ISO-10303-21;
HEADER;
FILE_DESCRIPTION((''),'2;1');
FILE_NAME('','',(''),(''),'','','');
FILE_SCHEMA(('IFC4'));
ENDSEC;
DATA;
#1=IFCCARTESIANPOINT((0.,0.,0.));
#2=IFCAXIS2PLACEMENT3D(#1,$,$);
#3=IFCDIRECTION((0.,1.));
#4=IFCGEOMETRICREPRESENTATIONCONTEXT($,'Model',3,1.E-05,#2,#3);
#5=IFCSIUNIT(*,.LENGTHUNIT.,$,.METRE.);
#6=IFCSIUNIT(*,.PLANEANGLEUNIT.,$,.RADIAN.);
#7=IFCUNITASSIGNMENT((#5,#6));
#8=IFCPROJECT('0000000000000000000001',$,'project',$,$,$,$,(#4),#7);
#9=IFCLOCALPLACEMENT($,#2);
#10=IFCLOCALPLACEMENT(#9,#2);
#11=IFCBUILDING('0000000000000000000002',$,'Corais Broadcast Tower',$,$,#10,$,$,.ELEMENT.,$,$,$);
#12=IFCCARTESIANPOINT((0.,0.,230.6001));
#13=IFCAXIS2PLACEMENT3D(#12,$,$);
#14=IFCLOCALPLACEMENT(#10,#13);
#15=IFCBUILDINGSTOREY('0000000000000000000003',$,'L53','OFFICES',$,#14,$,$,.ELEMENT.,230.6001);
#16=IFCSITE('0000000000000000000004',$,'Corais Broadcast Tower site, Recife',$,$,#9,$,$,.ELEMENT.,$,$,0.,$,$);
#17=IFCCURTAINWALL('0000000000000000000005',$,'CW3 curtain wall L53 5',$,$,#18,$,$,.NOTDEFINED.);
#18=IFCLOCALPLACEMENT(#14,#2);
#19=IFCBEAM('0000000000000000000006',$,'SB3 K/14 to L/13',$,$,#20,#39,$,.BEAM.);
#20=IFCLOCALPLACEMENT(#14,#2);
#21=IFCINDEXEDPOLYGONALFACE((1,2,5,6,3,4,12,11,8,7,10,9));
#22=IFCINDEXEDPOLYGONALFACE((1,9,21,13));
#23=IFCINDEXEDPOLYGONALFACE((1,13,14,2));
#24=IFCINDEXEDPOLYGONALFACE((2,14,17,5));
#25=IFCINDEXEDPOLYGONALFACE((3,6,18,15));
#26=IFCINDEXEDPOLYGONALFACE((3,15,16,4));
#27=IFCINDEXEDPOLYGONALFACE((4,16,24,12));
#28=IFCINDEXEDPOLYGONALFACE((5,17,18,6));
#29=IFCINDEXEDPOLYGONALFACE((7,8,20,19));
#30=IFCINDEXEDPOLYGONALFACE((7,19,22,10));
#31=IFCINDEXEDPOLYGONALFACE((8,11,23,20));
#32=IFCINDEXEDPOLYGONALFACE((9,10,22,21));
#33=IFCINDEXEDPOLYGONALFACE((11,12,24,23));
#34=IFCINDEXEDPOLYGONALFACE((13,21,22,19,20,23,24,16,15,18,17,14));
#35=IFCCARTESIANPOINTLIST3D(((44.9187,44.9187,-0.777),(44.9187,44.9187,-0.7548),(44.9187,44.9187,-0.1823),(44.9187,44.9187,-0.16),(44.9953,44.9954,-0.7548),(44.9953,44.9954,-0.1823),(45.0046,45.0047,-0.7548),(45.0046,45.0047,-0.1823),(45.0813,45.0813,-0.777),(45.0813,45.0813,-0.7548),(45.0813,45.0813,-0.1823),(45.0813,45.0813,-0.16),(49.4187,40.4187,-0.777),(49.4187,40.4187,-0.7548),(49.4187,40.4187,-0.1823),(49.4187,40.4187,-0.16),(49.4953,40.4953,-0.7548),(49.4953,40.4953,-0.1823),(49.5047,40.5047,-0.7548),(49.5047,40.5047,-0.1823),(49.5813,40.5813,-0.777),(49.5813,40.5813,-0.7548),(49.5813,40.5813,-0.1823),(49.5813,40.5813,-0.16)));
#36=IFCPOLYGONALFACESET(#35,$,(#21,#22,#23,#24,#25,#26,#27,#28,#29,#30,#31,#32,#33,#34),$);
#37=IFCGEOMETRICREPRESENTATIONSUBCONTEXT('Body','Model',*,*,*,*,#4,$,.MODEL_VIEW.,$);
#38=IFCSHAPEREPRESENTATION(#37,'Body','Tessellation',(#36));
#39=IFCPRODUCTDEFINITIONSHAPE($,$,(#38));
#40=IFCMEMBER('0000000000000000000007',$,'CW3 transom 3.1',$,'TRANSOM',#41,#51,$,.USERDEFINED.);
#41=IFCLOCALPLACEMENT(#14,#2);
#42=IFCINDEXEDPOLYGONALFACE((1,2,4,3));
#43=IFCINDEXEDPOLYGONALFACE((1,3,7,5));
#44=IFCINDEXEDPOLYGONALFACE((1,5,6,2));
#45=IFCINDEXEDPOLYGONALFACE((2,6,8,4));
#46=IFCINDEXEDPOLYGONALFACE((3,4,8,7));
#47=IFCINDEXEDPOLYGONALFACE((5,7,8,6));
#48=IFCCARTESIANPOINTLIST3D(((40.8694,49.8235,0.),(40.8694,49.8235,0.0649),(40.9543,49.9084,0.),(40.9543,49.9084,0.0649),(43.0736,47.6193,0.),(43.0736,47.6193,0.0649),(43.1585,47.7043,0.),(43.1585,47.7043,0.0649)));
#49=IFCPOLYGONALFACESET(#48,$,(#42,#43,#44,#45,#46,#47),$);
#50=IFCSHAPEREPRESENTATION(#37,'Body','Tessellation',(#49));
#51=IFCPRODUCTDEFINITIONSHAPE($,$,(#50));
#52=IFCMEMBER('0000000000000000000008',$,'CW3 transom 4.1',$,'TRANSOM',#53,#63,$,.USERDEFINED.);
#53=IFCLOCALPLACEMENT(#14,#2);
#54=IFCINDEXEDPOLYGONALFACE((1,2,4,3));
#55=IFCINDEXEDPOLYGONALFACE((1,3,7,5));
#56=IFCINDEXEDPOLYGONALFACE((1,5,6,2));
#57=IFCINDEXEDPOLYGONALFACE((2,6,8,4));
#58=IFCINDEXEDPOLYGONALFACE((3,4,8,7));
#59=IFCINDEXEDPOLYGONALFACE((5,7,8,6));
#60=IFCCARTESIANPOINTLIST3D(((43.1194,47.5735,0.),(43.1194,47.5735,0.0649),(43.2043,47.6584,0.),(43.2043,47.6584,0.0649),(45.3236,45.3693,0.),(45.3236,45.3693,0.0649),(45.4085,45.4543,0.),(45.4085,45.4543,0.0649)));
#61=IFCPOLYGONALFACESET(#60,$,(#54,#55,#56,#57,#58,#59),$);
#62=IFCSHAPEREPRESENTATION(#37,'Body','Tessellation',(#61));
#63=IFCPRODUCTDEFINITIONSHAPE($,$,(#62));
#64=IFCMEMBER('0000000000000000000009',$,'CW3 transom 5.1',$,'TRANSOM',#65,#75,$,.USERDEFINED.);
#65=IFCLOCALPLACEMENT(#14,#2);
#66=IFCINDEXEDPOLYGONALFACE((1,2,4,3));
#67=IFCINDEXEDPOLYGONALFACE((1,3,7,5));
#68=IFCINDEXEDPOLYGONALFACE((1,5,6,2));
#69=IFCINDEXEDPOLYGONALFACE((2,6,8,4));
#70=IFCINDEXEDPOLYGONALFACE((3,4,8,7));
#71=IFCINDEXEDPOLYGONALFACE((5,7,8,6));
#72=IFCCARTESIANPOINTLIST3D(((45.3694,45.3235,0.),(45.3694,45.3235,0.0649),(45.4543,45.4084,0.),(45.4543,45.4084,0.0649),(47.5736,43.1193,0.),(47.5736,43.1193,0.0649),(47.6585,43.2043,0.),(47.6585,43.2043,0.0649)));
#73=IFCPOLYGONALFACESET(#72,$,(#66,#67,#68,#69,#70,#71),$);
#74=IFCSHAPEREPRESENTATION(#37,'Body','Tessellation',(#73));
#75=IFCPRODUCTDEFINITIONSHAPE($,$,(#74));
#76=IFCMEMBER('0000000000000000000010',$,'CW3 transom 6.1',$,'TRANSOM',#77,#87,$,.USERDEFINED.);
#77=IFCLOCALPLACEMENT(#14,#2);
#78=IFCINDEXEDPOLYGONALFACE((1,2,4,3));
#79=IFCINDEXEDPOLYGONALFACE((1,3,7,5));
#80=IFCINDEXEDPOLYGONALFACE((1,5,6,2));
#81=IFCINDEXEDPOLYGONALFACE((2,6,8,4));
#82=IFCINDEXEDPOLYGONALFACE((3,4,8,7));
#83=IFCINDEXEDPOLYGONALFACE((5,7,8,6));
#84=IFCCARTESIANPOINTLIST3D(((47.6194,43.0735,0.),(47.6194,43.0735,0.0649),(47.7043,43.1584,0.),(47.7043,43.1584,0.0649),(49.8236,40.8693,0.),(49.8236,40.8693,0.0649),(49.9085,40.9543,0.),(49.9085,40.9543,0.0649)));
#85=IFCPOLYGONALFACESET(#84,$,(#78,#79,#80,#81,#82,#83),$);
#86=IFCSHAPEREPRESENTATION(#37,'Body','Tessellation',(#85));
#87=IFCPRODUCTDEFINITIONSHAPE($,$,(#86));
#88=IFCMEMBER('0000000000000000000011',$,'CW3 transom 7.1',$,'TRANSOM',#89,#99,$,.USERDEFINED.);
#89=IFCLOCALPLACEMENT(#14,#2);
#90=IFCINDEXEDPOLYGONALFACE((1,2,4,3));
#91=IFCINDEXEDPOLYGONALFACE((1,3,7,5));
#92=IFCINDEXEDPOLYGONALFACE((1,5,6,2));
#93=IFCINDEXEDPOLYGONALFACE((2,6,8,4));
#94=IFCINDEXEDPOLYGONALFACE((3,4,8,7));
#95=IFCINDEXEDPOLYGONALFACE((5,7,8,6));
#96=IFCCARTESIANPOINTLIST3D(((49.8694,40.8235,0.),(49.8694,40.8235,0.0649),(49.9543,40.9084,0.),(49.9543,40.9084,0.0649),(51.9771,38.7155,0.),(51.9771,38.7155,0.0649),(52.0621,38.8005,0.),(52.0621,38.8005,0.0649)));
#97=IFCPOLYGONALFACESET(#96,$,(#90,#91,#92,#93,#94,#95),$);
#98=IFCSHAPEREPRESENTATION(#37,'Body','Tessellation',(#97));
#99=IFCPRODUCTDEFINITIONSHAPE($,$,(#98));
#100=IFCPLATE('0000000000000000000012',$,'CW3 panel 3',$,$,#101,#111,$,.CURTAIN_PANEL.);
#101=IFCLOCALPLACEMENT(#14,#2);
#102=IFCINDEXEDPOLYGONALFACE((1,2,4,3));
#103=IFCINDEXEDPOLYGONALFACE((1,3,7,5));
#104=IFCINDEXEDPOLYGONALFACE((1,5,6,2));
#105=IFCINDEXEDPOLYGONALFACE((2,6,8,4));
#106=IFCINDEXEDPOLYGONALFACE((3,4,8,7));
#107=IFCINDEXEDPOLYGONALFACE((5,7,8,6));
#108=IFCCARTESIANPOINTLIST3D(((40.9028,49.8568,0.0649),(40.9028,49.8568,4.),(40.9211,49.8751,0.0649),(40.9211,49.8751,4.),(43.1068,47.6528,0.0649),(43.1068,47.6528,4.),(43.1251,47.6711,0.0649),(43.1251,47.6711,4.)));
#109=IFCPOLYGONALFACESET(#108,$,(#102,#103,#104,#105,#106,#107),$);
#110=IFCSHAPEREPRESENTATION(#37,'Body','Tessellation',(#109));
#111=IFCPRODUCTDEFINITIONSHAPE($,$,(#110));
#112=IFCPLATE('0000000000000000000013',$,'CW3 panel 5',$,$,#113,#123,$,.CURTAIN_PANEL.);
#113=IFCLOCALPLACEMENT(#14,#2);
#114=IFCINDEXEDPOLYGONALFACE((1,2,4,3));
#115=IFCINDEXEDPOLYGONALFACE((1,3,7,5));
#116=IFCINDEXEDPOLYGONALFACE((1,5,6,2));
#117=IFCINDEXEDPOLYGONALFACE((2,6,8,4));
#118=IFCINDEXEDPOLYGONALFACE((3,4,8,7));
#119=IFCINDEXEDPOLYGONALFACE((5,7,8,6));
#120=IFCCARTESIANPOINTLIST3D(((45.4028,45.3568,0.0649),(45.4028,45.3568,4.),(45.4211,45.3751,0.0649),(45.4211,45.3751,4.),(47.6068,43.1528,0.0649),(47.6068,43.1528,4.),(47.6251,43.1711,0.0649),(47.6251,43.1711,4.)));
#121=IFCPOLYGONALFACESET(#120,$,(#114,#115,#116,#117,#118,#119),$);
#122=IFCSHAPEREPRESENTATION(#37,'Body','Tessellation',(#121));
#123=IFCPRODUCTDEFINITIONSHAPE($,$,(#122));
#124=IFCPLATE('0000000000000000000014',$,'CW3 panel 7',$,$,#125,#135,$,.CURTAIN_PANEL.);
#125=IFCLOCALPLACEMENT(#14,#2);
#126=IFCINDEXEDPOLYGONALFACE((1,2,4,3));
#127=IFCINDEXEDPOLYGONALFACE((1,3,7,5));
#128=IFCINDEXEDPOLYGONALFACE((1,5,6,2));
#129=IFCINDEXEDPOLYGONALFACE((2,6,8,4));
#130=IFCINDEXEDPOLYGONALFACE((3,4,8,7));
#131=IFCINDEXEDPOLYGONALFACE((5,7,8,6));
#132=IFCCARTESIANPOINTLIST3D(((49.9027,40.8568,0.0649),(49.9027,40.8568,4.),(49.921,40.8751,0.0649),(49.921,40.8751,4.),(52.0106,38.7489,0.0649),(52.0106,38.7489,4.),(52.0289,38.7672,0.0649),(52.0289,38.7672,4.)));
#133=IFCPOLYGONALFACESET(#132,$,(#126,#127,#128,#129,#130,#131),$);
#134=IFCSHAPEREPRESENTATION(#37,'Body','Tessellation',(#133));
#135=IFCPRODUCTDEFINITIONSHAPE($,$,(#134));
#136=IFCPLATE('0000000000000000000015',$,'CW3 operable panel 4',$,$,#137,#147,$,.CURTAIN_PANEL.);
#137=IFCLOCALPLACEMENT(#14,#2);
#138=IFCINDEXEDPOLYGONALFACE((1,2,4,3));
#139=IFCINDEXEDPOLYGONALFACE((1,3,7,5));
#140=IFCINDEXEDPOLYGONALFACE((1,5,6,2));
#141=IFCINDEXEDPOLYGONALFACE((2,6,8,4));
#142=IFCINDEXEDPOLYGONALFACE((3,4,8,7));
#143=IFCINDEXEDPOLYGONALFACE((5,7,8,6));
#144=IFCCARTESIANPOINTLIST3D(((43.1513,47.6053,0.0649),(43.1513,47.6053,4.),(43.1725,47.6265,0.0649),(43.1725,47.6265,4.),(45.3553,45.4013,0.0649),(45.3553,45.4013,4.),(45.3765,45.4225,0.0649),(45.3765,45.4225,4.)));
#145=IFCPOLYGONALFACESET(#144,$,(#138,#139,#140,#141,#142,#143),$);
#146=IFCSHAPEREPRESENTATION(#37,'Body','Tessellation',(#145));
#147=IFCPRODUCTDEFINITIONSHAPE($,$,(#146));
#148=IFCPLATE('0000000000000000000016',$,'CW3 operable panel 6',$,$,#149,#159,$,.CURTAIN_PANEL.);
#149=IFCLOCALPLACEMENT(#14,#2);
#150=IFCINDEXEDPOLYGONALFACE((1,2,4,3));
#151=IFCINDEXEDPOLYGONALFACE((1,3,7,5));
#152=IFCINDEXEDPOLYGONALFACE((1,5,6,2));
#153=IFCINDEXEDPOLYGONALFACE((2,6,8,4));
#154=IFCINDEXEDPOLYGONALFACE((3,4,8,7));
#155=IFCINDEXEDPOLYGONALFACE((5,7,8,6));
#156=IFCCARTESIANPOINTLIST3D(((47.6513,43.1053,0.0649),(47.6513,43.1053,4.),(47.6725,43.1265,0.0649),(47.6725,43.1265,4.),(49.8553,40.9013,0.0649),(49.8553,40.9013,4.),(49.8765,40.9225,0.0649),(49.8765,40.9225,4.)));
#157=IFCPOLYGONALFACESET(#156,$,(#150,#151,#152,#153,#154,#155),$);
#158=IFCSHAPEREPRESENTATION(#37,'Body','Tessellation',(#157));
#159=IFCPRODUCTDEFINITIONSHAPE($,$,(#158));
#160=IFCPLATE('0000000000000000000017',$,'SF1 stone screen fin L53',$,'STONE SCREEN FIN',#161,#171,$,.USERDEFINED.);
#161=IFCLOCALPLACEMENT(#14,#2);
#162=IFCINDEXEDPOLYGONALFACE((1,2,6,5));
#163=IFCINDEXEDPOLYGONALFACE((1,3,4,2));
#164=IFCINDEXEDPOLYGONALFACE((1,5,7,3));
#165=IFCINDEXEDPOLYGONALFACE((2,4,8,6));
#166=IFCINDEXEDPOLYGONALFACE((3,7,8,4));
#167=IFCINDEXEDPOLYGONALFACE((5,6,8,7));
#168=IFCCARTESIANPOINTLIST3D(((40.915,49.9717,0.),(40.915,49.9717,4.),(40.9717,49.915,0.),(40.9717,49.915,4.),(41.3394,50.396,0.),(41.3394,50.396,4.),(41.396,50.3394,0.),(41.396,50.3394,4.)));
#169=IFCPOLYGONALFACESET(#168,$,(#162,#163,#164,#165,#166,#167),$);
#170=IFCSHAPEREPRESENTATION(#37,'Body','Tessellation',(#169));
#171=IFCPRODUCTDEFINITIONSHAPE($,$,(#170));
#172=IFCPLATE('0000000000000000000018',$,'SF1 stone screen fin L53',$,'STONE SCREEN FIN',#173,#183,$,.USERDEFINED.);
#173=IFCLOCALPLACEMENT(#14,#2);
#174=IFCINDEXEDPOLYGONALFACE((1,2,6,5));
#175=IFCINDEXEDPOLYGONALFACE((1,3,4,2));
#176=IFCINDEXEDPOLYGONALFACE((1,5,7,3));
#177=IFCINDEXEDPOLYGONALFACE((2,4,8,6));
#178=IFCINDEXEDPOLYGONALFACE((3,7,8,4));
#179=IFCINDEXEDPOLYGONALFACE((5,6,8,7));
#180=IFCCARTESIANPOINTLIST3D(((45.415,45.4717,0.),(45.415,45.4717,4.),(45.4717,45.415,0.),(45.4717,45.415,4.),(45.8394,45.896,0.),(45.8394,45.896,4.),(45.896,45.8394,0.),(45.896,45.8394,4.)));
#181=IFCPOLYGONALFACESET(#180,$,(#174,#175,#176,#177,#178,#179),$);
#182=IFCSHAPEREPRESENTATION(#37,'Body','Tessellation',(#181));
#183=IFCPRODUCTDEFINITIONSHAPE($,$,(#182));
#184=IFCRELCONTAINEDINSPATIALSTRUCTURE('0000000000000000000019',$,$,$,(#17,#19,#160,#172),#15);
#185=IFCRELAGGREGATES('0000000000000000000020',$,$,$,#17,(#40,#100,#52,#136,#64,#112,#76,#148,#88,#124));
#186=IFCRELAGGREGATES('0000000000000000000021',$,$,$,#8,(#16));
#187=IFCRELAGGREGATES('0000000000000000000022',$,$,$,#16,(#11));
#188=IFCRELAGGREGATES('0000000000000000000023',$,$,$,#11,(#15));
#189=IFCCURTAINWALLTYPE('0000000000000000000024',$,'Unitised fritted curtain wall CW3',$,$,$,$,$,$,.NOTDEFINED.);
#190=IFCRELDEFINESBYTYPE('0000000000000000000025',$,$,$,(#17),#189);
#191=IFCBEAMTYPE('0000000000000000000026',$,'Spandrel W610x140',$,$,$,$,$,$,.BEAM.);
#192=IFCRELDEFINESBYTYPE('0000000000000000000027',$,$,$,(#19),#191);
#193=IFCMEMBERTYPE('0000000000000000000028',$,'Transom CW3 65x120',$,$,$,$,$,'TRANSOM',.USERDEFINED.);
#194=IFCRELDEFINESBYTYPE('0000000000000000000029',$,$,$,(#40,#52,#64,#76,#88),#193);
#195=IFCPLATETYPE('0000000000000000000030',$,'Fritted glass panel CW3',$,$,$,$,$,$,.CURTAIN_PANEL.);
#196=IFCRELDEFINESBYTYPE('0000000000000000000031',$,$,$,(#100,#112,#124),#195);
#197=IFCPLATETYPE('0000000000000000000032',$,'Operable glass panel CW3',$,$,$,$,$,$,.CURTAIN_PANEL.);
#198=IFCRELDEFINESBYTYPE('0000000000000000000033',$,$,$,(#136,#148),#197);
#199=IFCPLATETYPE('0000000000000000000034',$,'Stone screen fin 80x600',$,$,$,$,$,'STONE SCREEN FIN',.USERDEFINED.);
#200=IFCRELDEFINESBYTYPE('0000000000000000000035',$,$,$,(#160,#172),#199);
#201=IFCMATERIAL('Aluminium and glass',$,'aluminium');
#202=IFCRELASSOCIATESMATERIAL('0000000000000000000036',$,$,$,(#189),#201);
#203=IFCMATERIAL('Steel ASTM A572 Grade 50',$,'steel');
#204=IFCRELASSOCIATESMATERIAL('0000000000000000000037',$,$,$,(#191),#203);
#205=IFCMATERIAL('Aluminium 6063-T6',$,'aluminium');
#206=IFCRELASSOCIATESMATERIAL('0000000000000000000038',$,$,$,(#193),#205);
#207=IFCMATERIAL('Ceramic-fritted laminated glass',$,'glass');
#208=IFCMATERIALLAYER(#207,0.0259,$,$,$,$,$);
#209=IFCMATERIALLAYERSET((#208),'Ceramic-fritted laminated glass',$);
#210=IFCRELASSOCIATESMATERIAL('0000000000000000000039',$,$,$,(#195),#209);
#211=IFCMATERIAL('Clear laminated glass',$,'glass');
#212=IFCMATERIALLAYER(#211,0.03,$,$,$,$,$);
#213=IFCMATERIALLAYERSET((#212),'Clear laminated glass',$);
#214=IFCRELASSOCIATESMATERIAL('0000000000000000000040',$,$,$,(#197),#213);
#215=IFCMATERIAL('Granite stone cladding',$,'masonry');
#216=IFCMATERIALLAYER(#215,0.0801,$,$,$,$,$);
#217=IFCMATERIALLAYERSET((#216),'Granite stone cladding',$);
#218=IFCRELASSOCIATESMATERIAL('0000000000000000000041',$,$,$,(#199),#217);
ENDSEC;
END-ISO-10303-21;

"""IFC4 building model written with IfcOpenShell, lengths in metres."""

from ifc_helpers import new_model, si_unit, direction, frame, origin, origin_2d, place, context, subcontext, project, spatial, rectangle, i_section, extrude, material, layer, layer_set, material_profile, profile_set, type_object, element, aggregate, save


model = new_model("IFC4")

# Units and contexts
model_context = context("Model", 3, precision=1e-05, world=origin(), true_north=direction((0.0, 1.0)))
body_context = subcontext(model_context, "Body", "Model", "MODEL_VIEW")
ifc_project = project(units=[si_unit("LENGTHUNIT", "METRE"), si_unit("PLANEANGLEUNIT", "RADIAN")], contexts=[model_context])

# Site, building, storey
site_placement = place(None, origin())
site = spatial("IfcSite", under=ifc_project, at=site_placement, Name="Corais Broadcast Tower site, Recife", CompositionType="ELEMENT", RefElevation=0.0)
building_placement = place(site_placement, origin())
building = spatial("IfcBuilding", under=site, at=building_placement, Name="Corais Broadcast Tower", CompositionType="ELEMENT")
storey_placement = place(building_placement, frame((0.0, 0.0, 230.6001)))
storey = spatial("IfcBuildingStorey", under=building, at=storey_placement, Name="L53", Description="OFFICES", CompositionType="ELEMENT", Elevation=230.6001)

# Curtain wall
ifc_material_1 = material(Name="Aluminium and glass", Category="aluminium")
curtain_wall_type = type_object("IfcCurtainWallType", Name="Unitised fritted curtain wall CW3", PredefinedType="NOTDEFINED", material=ifc_material_1)
curtain_wall_placement = place(storey_placement, origin())
curtain_wall = element("IfcCurtainWall", 1, at=curtain_wall_placement, inside=storey, type_object=curtain_wall_type, Name="CW3 curtain wall L53 5", PredefinedType="NOTDEFINED")

# Beam
ifc_material_2 = material(Name="Steel ASTM A572 Grade 50", Category="steel")
ifc_material_profile_1 = material_profile(ifc_material_2, i_section(OverallWidth=0.23, OverallDepth=0.6169, WebThickness=0.0132, FlangeThickness=0.0222, at=origin_2d()), Name="W610x140")
ifc_profile_set_1 = profile_set([ifc_material_profile_1], Name="Steel ASTM A572 Grade 50")
beam_type_1 = type_object("IfcBeamType", Name="Spandrel W610x140", PredefinedType="BEAM", material=ifc_profile_set_1)
for number, where, z_axis, x_axis, name in (
    (2, (49.5, 40.5, -0.4685), (-0.707107, 0.707107, 0.0), (-0.707107, -0.707107, 0.0), "SB3 K/14 to L/13"),
):
    element("IfcBeam", number, at=place(storey_placement, frame(where, z_axis=z_axis, x_axis=x_axis)), inside=storey, type_object=beam_type_1, Name=name, PredefinedType="BEAM", context=body_context, shape_type="SweptSolid", body=[
        extrude(i_section(OverallWidth=0.23, OverallDepth=0.6169, WebThickness=0.0132, FlangeThickness=0.0222, at=origin_2d()), origin(), (0.0, 0.0, 1.0), 6.364),
    ])

# Members
ifc_material_3 = material(Name="Aluminium 6063-T6", Category="aluminium")
ifc_material_profile_2 = material_profile(ifc_material_3, rectangle(XDim=0.1201, YDim=0.0649, at=origin_2d()), Name="Transom CW3 65x120")
ifc_profile_set_2 = profile_set([ifc_material_profile_2], Name="Aluminium 6063-T6")
member_type_1 = type_object("IfcMemberType", Name="Transom CW3 65x120", ElementType="TRANSOM", PredefinedType="USERDEFINED", material=ifc_profile_set_2)
member_1_placement = place(storey_placement, frame((40.9119, 49.866, 0.0325), z_axis=(0.707107, -0.707107, 0.0), x_axis=(0.707107, 0.707107, 0.0)))
member_1 = element("IfcMember", 3, at=member_1_placement, type_object=member_type_1, Name="CW3 transom 3.1", ObjectType="TRANSOM", PredefinedType="USERDEFINED", context=body_context, shape_type="SweptSolid", body=[
    extrude(rectangle(XDim=0.1201, YDim=0.0649, at=origin_2d()), origin(), (0.0, 0.0, 1.0), 3.1172),
])
member_2_placement = place(storey_placement, frame((43.1619, 47.616, 0.0325), z_axis=(0.707107, -0.707107, 0.0), x_axis=(0.707107, 0.707107, 0.0)))
member_2 = element("IfcMember", 4, at=member_2_placement, type_object=member_type_1, Name="CW3 transom 4.1", ObjectType="TRANSOM", PredefinedType="USERDEFINED", context=body_context, shape_type="SweptSolid", body=[
    extrude(rectangle(XDim=0.1201, YDim=0.0649, at=origin_2d()), origin(), (0.0, 0.0, 1.0), 3.1172),
])
member_3_placement = place(storey_placement, frame((45.4119, 45.366, 0.0325), z_axis=(0.707107, -0.707107, 0.0), x_axis=(0.707107, 0.707107, 0.0)))
member_3 = element("IfcMember", 5, at=member_3_placement, type_object=member_type_1, Name="CW3 transom 5.1", ObjectType="TRANSOM", PredefinedType="USERDEFINED", context=body_context, shape_type="SweptSolid", body=[
    extrude(rectangle(XDim=0.1201, YDim=0.0649, at=origin_2d()), origin(), (0.0, 0.0, 1.0), 3.1172),
])
member_4_placement = place(storey_placement, frame((47.6619, 43.116, 0.0325), z_axis=(0.707107, -0.707107, 0.0), x_axis=(0.707107, 0.707107, 0.0)))
member_4 = element("IfcMember", 6, at=member_4_placement, type_object=member_type_1, Name="CW3 transom 6.1", ObjectType="TRANSOM", PredefinedType="USERDEFINED", context=body_context, shape_type="SweptSolid", body=[
    extrude(rectangle(XDim=0.1201, YDim=0.0649, at=origin_2d()), origin(), (0.0, 0.0, 1.0), 3.1172),
])
member_5_placement = place(storey_placement, frame((49.9119, 40.866, 0.0325), z_axis=(0.707066, -0.707148, 0.0), x_axis=(0.707148, 0.707066, 0.0)))
member_5 = element("IfcMember", 7, at=member_5_placement, type_object=member_type_1, Name="CW3 transom 7.1", ObjectType="TRANSOM", PredefinedType="USERDEFINED", context=body_context, shape_type="SweptSolid", body=[
    extrude(rectangle(XDim=0.1201, YDim=0.0649, at=origin_2d()), origin(), (0.0, 0.0, 1.0), 2.981),
])

# Plates
ifc_material_4 = material(Name="Ceramic-fritted laminated glass", Category="glass")
ifc_layer_1 = layer(ifc_material_4, 0.0259)
ifc_layer_set_1 = layer_set([ifc_layer_1], Name="Ceramic-fritted laminated glass")
plate_type_1 = type_object("IfcPlateType", Name="Fritted glass panel CW3", PredefinedType="CURTAIN_PANEL", material=ifc_layer_set_1)
plate_1_placement = place(storey_placement, frame((42.0139, 48.7639, 0.0649), z_axis=(0.0, 0.0, 1.0), x_axis=(0.707107, -0.707107, 0.0)))
plate_1 = element("IfcPlate", 8, at=plate_1_placement, type_object=plate_type_1, Name="CW3 panel 3", PredefinedType="CURTAIN_PANEL", context=body_context, shape_type="SweptSolid", body=[
    extrude(rectangle(XDim=3.1169, YDim=0.0259, at=origin_2d()), origin(), (0.0, 0.0, 1.0), 3.9351),
])
plate_2_placement = place(storey_placement, frame((46.5139, 44.2639, 0.0649), z_axis=(0.0, 0.0, 1.0), x_axis=(0.707107, -0.707107, 0.0)))
plate_2 = element("IfcPlate", 9, at=plate_2_placement, type_object=plate_type_1, Name="CW3 panel 5", PredefinedType="CURTAIN_PANEL", context=body_context, shape_type="SweptSolid", body=[
    extrude(rectangle(XDim=3.1169, YDim=0.0259, at=origin_2d()), origin(), (0.0, 0.0, 1.0), 3.9351),
])
plate_3_placement = place(storey_placement, frame((50.9658, 39.812, 0.0649), z_axis=(0.0, 0.0, 1.0), x_axis=(0.707107, -0.707107, 0.0)))
plate_3 = element("IfcPlate", 10, at=plate_3_placement, type_object=plate_type_1, Name="CW3 panel 7", PredefinedType="CURTAIN_PANEL", context=body_context, shape_type="SweptSolid", body=[
    extrude(rectangle(XDim=2.981, YDim=0.0259, at=origin_2d()), origin(), (0.0, 0.0, 1.0), 3.9351),
])
ifc_material_5 = material(Name="Clear laminated glass", Category="glass")
ifc_layer_2 = layer(ifc_material_5, 0.03)
ifc_layer_set_2 = layer_set([ifc_layer_2], Name="Clear laminated glass")
plate_type_2 = type_object("IfcPlateType", Name="Operable glass panel CW3", PredefinedType="CURTAIN_PANEL", material=ifc_layer_set_2)
plate_4_placement = place(storey_placement, frame((44.2639, 46.5139, 0.0649), z_axis=(0.0, 0.0, 1.0), x_axis=(0.707107, -0.707107, 0.0)))
plate_4 = element("IfcPlate", 11, at=plate_4_placement, type_object=plate_type_2, Name="CW3 operable panel 4", PredefinedType="CURTAIN_PANEL", context=body_context, shape_type="SweptSolid", body=[
    extrude(rectangle(XDim=3.1169, YDim=0.03, at=origin_2d()), origin(), (0.0, 0.0, 1.0), 3.9351),
])
plate_5_placement = place(storey_placement, frame((48.7639, 42.0139, 0.0649), z_axis=(0.0, 0.0, 1.0), x_axis=(0.707107, -0.707107, 0.0)))
plate_5 = element("IfcPlate", 12, at=plate_5_placement, type_object=plate_type_2, Name="CW3 operable panel 6", PredefinedType="CURTAIN_PANEL", context=body_context, shape_type="SweptSolid", body=[
    extrude(rectangle(XDim=3.1169, YDim=0.03, at=origin_2d()), origin(), (0.0, 0.0, 1.0), 3.9351),
])
aggregate(curtain_wall, [member_1, plate_1, member_2, plate_4, member_3, plate_2, member_4, plate_5, member_5, plate_3])

# Plates
ifc_material_6 = material(Name="Granite stone cladding", Category="masonry")
ifc_layer_3 = layer(ifc_material_6, 0.0801)
ifc_layer_set_3 = layer_set([ifc_layer_3], Name="Granite stone cladding")
plate_type_3 = type_object("IfcPlateType", Name="Stone screen fin 80x600", ElementType="STONE SCREEN FIN", PredefinedType="USERDEFINED", material=ifc_layer_set_3)
for number, where, z_axis, x_axis, name in (
    (13, (41.1555, 50.1555, 0.0), (0.0, 0.0, 1.0), (0.707107, -0.707107, 0.0), "SF1 stone screen fin L53"),
    (14, (45.6555, 45.6555, 0.0), (0.0, 0.0, 1.0), (0.707107, -0.707107, 0.0), "SF1 stone screen fin L53"),
):
    element("IfcPlate", number, at=place(storey_placement, frame(where, z_axis=z_axis, x_axis=x_axis)), inside=storey, type_object=plate_type_3, Name=name, ObjectType="STONE SCREEN FIN", PredefinedType="USERDEFINED", context=body_context, shape_type="SweptSolid", body=[
        extrude(rectangle(XDim=0.0801, YDim=0.6001, at=origin_2d()), origin(), (0.0, 0.0, 1.0), 4.0),
    ])

save(model, "model.ifc")
